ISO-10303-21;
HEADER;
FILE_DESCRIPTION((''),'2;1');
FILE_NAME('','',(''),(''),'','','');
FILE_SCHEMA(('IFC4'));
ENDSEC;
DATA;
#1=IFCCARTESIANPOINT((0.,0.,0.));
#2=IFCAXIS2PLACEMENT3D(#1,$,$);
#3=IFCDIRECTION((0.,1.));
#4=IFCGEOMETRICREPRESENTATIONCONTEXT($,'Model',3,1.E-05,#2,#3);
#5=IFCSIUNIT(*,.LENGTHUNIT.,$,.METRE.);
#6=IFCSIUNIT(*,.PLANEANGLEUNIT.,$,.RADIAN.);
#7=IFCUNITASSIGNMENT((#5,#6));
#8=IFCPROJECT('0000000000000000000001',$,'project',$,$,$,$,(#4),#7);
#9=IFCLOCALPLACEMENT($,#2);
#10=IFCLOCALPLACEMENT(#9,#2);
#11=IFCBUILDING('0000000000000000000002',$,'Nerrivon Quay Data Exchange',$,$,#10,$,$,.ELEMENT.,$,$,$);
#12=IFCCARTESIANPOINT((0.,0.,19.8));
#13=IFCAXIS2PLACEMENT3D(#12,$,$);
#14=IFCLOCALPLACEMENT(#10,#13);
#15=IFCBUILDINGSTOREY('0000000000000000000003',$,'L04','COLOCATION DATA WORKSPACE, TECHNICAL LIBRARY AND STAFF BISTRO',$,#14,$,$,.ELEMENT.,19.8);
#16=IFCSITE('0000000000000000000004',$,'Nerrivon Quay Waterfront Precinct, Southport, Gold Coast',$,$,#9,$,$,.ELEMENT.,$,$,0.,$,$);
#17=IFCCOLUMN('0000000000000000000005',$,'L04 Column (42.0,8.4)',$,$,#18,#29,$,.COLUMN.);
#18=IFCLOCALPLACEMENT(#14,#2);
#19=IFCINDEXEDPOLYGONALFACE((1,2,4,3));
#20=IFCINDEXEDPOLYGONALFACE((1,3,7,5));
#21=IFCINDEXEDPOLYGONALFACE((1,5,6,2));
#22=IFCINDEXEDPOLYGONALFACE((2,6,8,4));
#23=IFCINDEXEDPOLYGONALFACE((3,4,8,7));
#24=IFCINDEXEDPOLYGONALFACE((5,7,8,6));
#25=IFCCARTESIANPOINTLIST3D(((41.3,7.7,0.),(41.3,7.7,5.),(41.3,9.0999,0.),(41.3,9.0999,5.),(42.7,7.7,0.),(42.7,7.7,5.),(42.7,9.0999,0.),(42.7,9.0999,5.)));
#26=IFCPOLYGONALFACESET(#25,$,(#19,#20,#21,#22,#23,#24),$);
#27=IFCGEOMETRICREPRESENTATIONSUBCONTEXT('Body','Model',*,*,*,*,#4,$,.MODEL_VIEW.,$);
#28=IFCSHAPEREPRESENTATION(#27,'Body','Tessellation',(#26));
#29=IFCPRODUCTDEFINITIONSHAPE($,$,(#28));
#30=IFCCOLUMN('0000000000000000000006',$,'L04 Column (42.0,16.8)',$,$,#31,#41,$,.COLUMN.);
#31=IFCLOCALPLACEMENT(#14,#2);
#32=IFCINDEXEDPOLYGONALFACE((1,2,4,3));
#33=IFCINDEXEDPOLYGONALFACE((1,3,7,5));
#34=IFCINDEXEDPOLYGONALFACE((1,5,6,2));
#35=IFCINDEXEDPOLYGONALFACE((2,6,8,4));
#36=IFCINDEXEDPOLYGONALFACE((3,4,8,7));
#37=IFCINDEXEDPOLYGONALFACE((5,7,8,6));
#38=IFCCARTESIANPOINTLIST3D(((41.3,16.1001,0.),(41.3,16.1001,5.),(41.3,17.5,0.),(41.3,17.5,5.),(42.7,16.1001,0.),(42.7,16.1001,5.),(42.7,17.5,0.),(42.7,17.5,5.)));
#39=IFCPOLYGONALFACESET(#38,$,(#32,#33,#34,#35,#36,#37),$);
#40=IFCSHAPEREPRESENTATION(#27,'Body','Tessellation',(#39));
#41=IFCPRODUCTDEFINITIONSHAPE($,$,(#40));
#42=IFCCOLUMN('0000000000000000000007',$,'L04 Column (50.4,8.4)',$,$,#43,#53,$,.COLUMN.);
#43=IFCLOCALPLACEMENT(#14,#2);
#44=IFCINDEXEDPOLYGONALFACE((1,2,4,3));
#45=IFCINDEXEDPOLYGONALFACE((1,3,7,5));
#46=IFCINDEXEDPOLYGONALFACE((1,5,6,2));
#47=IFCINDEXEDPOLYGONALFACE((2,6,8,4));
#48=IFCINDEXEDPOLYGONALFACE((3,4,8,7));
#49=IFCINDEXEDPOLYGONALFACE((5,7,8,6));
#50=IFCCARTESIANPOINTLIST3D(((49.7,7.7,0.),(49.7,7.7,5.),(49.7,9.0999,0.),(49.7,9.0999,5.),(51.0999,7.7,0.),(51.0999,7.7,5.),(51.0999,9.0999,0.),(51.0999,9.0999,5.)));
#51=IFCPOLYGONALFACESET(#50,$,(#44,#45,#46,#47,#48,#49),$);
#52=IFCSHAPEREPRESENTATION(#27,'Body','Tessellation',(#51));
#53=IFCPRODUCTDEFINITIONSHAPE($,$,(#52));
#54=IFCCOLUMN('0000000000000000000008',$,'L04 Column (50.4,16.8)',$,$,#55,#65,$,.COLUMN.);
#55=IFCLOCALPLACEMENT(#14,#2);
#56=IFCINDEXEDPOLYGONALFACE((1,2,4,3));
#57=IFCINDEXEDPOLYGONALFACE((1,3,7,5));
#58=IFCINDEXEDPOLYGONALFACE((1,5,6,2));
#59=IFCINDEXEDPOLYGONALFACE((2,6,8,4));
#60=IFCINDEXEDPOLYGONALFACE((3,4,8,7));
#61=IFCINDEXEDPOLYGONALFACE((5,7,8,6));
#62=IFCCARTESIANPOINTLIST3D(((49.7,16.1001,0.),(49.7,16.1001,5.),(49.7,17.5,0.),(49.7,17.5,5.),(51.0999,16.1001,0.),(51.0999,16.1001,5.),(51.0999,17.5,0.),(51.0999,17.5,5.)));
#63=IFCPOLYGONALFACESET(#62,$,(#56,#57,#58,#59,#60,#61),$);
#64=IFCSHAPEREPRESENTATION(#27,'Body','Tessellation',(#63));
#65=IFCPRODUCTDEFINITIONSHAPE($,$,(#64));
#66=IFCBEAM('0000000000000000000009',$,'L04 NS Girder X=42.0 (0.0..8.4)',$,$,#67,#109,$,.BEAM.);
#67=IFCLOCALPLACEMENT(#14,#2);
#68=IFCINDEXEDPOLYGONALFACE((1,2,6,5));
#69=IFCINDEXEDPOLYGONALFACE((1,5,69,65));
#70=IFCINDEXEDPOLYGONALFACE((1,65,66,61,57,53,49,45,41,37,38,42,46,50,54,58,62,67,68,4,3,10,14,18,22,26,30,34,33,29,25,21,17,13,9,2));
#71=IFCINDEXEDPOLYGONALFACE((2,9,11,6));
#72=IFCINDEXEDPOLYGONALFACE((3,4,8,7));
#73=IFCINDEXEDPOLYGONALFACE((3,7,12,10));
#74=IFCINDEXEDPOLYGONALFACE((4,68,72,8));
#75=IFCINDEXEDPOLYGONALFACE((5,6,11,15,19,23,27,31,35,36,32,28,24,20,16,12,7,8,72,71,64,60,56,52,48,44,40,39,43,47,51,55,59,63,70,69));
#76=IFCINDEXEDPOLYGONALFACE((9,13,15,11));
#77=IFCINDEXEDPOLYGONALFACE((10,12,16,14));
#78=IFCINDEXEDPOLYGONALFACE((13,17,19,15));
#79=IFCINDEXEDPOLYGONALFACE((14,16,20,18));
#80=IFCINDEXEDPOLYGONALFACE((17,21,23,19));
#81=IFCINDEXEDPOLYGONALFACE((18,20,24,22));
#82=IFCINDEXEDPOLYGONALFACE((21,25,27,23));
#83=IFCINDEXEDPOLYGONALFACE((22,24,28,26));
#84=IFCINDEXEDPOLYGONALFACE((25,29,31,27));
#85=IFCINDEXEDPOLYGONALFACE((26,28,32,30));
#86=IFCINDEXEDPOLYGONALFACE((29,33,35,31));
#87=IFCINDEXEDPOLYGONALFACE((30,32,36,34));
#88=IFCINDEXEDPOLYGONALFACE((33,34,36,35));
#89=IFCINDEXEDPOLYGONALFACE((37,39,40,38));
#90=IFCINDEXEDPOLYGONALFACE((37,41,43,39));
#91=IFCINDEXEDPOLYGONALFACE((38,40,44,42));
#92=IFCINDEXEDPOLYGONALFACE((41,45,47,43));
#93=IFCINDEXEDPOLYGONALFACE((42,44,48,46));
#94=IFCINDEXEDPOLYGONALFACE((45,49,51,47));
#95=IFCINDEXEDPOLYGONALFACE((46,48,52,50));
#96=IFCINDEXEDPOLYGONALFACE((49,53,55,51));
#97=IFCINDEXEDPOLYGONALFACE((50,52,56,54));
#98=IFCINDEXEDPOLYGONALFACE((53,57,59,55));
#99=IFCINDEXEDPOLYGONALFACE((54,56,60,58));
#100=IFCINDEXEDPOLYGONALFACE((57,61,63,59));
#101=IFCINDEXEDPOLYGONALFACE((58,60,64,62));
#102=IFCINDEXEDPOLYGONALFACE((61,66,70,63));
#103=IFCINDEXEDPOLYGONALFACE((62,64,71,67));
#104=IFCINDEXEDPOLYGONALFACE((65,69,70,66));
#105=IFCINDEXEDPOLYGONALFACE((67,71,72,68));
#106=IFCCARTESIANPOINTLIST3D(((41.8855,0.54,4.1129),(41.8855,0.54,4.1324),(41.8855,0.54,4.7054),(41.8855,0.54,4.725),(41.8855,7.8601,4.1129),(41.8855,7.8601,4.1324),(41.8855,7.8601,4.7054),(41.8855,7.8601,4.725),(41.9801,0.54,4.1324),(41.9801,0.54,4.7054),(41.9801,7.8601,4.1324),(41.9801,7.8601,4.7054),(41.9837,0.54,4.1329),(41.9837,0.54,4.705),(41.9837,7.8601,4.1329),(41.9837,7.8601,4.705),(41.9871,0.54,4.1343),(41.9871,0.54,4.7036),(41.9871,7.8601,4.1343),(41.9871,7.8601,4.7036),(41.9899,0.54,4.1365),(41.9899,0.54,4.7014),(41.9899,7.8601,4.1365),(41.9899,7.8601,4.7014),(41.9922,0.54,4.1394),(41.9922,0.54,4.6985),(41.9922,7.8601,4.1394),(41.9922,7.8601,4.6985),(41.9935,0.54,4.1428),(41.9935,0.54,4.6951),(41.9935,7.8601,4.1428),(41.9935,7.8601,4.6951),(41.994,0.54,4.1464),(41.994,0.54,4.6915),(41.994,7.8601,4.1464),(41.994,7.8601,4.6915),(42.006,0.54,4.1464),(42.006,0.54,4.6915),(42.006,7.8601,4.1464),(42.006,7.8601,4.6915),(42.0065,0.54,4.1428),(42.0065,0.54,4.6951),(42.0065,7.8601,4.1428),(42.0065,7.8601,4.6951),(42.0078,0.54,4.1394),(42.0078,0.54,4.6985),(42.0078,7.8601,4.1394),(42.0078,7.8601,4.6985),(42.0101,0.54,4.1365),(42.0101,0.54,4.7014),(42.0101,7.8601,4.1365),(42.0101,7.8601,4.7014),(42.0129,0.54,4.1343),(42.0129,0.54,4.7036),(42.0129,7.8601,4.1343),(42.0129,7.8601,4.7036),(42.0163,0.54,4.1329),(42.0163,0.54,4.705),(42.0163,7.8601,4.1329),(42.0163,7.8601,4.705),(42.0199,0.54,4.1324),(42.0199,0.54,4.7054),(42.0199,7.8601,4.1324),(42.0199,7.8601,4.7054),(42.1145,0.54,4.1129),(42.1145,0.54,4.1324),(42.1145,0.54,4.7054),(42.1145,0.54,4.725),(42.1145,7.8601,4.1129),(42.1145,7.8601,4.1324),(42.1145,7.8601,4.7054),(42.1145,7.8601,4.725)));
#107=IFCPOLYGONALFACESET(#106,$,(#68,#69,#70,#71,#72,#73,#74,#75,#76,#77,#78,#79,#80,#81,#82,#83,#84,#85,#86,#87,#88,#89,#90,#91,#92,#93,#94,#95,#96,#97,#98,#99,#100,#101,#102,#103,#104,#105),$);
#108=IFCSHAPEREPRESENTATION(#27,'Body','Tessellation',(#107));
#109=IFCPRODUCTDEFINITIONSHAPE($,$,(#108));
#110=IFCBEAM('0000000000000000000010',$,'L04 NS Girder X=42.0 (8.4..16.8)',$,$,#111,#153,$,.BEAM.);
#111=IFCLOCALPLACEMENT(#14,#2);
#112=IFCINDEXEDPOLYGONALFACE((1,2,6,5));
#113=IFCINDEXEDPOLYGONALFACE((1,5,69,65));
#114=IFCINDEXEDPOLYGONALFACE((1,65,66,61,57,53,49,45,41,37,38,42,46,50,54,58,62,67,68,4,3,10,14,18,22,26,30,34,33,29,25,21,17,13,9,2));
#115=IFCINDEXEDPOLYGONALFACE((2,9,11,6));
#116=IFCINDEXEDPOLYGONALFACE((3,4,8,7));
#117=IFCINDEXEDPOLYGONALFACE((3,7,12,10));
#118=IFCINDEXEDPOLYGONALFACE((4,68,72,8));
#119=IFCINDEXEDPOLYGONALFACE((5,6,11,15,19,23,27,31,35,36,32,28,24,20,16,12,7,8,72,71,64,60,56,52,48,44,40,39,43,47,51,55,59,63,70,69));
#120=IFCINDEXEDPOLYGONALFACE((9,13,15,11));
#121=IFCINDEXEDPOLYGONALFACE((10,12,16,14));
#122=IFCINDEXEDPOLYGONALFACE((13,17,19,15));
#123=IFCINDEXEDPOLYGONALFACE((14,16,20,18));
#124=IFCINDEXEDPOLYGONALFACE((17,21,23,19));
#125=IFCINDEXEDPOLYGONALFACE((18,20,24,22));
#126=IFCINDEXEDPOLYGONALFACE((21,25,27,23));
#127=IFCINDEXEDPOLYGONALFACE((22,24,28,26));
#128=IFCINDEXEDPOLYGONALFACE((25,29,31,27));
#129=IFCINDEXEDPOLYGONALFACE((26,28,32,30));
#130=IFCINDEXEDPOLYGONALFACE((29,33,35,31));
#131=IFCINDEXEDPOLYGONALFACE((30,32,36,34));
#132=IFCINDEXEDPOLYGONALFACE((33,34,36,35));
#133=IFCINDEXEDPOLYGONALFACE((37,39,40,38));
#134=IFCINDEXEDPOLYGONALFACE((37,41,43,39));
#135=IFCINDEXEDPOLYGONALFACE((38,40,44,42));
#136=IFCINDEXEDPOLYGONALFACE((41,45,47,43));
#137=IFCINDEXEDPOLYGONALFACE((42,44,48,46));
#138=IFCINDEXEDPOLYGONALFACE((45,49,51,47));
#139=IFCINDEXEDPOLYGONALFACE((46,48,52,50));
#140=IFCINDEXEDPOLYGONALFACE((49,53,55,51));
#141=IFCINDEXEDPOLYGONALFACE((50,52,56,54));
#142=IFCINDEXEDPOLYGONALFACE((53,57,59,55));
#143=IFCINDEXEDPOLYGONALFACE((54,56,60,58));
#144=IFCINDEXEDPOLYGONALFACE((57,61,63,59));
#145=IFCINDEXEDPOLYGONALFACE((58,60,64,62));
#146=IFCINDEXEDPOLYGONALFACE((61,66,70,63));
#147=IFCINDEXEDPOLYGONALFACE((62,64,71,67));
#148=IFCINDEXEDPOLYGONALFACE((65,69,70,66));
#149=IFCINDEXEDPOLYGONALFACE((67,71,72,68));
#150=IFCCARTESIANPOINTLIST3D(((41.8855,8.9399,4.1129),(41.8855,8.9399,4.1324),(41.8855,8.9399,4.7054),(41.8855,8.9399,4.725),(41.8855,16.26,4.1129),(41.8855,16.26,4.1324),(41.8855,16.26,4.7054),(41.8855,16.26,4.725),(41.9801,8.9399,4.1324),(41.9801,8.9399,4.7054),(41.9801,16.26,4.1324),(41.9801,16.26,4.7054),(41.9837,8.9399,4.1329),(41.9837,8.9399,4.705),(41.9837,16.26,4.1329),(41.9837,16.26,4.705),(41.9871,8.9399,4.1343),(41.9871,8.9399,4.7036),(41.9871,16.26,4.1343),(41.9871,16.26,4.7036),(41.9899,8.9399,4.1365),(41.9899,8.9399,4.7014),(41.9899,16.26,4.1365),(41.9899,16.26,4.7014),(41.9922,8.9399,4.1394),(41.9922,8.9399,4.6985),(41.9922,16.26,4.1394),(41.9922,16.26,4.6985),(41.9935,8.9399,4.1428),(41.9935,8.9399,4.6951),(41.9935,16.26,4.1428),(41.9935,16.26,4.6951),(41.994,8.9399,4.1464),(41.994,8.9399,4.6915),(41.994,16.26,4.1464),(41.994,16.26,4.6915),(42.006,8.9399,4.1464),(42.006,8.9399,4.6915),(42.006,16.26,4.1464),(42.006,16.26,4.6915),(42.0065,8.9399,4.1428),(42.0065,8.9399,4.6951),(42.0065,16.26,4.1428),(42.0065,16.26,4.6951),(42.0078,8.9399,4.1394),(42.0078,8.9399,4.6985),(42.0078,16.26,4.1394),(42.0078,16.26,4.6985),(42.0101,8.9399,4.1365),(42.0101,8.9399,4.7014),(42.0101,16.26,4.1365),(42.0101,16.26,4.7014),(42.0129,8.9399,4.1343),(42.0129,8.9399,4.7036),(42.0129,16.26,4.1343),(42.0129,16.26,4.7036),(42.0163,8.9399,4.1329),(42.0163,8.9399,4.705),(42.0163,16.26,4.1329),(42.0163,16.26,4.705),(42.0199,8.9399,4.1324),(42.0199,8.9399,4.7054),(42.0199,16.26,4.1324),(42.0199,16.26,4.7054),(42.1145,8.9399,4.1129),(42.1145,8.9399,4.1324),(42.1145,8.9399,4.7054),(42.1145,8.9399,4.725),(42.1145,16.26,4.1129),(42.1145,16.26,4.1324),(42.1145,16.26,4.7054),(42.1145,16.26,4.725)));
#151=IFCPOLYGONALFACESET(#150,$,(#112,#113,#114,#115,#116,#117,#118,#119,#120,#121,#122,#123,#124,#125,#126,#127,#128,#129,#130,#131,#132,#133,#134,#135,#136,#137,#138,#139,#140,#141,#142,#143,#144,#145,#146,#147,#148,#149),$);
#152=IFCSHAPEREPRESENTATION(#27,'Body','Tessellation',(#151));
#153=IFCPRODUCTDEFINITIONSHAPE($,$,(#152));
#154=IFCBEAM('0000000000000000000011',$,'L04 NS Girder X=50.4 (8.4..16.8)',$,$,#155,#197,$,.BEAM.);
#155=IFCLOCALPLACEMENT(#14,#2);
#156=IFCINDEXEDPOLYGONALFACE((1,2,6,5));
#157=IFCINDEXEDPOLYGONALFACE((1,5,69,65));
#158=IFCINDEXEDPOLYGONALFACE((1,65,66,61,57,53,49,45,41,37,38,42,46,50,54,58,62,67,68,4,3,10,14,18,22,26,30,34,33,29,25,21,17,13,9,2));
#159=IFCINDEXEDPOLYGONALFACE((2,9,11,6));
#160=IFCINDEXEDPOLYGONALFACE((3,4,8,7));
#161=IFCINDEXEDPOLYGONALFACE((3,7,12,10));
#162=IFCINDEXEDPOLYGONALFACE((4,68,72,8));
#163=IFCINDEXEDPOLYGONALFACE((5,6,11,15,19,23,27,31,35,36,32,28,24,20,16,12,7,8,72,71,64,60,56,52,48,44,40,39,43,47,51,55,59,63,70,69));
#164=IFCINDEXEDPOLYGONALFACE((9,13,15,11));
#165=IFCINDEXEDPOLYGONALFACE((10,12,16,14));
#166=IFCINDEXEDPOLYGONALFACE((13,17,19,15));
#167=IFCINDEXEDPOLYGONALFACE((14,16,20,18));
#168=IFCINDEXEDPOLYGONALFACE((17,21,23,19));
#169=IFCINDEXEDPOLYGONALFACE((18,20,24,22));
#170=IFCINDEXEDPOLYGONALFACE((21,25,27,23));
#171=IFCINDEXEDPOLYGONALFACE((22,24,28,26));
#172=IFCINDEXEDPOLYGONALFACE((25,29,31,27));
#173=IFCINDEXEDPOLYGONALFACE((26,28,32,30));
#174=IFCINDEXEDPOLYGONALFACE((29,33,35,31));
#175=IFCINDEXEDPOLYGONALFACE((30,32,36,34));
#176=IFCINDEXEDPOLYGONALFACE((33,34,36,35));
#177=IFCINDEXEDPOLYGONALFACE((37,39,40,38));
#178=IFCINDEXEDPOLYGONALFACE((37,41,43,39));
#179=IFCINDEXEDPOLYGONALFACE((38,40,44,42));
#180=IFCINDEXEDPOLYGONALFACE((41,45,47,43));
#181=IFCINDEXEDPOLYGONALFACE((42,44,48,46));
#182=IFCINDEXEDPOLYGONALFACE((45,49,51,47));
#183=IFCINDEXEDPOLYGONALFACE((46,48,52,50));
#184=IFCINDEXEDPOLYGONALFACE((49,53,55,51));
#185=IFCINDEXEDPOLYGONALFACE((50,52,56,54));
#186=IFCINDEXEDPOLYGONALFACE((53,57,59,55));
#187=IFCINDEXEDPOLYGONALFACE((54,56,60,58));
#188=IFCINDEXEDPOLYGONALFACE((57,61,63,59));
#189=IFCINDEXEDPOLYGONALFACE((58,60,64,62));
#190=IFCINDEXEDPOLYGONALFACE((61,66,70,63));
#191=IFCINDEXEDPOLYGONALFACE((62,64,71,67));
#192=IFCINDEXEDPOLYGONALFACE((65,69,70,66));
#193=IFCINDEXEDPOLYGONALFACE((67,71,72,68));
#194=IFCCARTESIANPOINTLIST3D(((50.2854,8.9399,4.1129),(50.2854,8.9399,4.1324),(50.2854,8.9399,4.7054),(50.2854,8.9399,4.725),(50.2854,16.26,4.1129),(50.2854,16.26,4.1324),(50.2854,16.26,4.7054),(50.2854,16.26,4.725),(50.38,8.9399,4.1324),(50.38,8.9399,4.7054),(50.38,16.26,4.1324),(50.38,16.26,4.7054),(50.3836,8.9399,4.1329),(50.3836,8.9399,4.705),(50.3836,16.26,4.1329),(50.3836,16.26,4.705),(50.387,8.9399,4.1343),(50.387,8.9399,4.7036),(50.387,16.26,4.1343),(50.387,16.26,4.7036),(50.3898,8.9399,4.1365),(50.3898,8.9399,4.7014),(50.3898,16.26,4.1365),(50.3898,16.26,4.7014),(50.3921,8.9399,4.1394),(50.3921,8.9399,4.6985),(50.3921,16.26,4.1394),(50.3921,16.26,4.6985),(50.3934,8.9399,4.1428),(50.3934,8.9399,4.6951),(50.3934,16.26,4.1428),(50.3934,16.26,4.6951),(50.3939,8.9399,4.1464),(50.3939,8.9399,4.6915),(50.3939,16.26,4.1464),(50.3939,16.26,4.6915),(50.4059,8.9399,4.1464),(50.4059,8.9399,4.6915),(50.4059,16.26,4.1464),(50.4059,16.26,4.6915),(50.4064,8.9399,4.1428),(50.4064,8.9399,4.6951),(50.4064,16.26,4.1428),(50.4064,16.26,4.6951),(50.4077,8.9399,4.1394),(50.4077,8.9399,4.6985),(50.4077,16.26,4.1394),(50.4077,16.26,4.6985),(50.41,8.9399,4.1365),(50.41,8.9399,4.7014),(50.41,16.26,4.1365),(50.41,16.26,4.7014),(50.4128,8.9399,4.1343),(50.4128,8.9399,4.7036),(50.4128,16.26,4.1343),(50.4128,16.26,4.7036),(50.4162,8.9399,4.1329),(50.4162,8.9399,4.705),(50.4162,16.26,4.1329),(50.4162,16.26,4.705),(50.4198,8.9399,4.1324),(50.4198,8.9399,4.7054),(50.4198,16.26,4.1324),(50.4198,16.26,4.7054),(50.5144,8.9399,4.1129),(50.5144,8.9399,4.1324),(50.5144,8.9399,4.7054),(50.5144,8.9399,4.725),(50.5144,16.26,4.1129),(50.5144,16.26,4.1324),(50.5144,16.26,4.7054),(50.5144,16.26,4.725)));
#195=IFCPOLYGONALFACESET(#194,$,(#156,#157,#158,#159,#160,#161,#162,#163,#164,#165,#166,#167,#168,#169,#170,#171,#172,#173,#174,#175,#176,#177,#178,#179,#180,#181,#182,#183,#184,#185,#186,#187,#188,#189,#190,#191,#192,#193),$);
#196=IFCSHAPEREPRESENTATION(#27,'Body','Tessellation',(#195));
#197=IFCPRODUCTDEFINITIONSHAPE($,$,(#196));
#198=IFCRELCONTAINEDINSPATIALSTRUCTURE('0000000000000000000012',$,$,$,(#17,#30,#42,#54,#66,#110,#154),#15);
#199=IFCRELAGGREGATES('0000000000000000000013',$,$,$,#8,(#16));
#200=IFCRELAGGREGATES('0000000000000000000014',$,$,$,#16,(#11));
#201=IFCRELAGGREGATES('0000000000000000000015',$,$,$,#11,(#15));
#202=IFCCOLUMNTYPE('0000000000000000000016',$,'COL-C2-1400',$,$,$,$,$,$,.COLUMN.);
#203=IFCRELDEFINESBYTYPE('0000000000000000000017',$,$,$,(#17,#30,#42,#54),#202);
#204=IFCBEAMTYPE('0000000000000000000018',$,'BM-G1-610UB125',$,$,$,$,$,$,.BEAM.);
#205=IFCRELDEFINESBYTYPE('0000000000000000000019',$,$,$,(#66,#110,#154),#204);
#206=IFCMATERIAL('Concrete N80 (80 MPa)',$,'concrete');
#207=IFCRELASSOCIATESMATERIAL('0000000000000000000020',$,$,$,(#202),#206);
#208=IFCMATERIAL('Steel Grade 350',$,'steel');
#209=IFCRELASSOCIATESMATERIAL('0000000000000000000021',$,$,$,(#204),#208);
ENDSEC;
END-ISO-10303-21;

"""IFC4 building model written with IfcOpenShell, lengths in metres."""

from ifc_helpers import new_model, si_unit, direction, frame, origin, origin_2d, place, context, subcontext, project, spatial, rectangle, i_section, extrude, material, material_profile, profile_set, type_object, element, save


model = new_model("IFC4")

# Units and contexts
model_context = context("Model", 3, precision=1e-05, world=origin(), true_north=direction((0.0, 1.0)))
body_context = subcontext(model_context, "Body", "Model", "MODEL_VIEW")
ifc_project = project(units=[si_unit("LENGTHUNIT", "METRE"), si_unit("PLANEANGLEUNIT", "RADIAN")], contexts=[model_context])

# Site, building, storey
site_placement = place(None, origin())
site = spatial("IfcSite", under=ifc_project, at=site_placement, Name="Nerrivon Quay Waterfront Precinct, Southport, Gold Coast", CompositionType="ELEMENT", RefElevation=0.0)
building_placement = place(site_placement, origin())
building = spatial("IfcBuilding", under=site, at=building_placement, Name="Nerrivon Quay Data Exchange", CompositionType="ELEMENT")
storey_placement = place(building_placement, frame((0.0, 0.0, 19.8)))
storey = spatial("IfcBuildingStorey", under=building, at=storey_placement, Name="L04", Description="COLOCATION DATA WORKSPACE, TECHNICAL LIBRARY AND STAFF BISTRO", CompositionType="ELEMENT", Elevation=19.8)

# Columns
ifc_material_1 = material(Name="Concrete N80 (80 MPa)", Category="concrete")
ifc_material_profile_1 = material_profile(ifc_material_1, rectangle(XDim=1.3999, YDim=1.3999, at=origin_2d()), Name="RC-COL-1400x1400")
ifc_profile_set_1 = profile_set([ifc_material_profile_1], Name="Concrete N80 (80 MPa)")
column_type = type_object("IfcColumnType", Name="COL-C2-1400", PredefinedType="COLUMN", material=ifc_profile_set_1)
for number, where, z_axis, x_axis, name in (
    (1, (42.0, 8.3999, 0.0), (0.0, 0.0, 1.0), (1.0, 0.0, 0.0), "L04 Column (42.0,8.4)"),
    (2, (42.0, 16.8, 0.0), (0.0, 0.0, 1.0), (1.0, 0.0, 0.0), "L04 Column (42.0,16.8)"),
    (3, (50.3999, 8.3999, 0.0), (0.0, 0.0, 1.0), (1.0, 0.0, 0.0), "L04 Column (50.4,8.4)"),
    (4, (50.3999, 16.8, 0.0), (0.0, 0.0, 1.0), (1.0, 0.0, 0.0), "L04 Column (50.4,16.8)"),
):
    element("IfcColumn", number, at=place(storey_placement, frame(where, z_axis=z_axis, x_axis=x_axis)), inside=storey, type_object=column_type, Name=name, PredefinedType="COLUMN", context=body_context, shape_type="SweptSolid", body=[
        extrude(rectangle(XDim=1.3999, YDim=1.3999, at=origin_2d()), origin(), (0.0, 0.0, 1.0), 5.0),
    ])

# Beams
ifc_material_2 = material(Name="Steel Grade 350", Category="steel")
ifc_material_profile_2 = material_profile(ifc_material_2, i_section(OverallWidth=0.229, OverallDepth=0.6121, WebThickness=0.012, FlangeThickness=0.0195, FilletRadius=0.0139, at=origin_2d()), Name="610UB125")
ifc_profile_set_2 = profile_set([ifc_material_profile_2], Name="Steel Grade 350")
beam_type_1 = type_object("IfcBeamType", Name="BM-G1-610UB125", PredefinedType="BEAM", material=ifc_profile_set_2)
for number, where, z_axis, x_axis, name in (
    (5, (42.0, 0.54, 4.4189), (0.0, 1.0, 0.0), (-1.0, 0.0, 0.0), "L04 NS Girder X=42.0 (0.0..8.4)"),
    (6, (42.0, 8.9399, 4.4189), (0.0, 1.0, 0.0), (-1.0, 0.0, 0.0), "L04 NS Girder X=42.0 (8.4..16.8)"),
    (7, (50.3999, 8.9399, 4.4189), (0.0, 1.0, 0.0), (-1.0, 0.0, 0.0), "L04 NS Girder X=50.4 (8.4..16.8)"),
):
    element("IfcBeam", number, at=place(storey_placement, frame(where, z_axis=z_axis, x_axis=x_axis)), inside=storey, type_object=beam_type_1, Name=name, PredefinedType="BEAM", context=body_context, shape_type="SweptSolid", body=[
        extrude(i_section(OverallWidth=0.229, OverallDepth=0.6121, WebThickness=0.012, FlangeThickness=0.0195, FilletRadius=0.0139, at=origin_2d()), origin(), (0.0, 0.0, 1.0), 7.3201),
    ])

save(model, "model.ifc")
